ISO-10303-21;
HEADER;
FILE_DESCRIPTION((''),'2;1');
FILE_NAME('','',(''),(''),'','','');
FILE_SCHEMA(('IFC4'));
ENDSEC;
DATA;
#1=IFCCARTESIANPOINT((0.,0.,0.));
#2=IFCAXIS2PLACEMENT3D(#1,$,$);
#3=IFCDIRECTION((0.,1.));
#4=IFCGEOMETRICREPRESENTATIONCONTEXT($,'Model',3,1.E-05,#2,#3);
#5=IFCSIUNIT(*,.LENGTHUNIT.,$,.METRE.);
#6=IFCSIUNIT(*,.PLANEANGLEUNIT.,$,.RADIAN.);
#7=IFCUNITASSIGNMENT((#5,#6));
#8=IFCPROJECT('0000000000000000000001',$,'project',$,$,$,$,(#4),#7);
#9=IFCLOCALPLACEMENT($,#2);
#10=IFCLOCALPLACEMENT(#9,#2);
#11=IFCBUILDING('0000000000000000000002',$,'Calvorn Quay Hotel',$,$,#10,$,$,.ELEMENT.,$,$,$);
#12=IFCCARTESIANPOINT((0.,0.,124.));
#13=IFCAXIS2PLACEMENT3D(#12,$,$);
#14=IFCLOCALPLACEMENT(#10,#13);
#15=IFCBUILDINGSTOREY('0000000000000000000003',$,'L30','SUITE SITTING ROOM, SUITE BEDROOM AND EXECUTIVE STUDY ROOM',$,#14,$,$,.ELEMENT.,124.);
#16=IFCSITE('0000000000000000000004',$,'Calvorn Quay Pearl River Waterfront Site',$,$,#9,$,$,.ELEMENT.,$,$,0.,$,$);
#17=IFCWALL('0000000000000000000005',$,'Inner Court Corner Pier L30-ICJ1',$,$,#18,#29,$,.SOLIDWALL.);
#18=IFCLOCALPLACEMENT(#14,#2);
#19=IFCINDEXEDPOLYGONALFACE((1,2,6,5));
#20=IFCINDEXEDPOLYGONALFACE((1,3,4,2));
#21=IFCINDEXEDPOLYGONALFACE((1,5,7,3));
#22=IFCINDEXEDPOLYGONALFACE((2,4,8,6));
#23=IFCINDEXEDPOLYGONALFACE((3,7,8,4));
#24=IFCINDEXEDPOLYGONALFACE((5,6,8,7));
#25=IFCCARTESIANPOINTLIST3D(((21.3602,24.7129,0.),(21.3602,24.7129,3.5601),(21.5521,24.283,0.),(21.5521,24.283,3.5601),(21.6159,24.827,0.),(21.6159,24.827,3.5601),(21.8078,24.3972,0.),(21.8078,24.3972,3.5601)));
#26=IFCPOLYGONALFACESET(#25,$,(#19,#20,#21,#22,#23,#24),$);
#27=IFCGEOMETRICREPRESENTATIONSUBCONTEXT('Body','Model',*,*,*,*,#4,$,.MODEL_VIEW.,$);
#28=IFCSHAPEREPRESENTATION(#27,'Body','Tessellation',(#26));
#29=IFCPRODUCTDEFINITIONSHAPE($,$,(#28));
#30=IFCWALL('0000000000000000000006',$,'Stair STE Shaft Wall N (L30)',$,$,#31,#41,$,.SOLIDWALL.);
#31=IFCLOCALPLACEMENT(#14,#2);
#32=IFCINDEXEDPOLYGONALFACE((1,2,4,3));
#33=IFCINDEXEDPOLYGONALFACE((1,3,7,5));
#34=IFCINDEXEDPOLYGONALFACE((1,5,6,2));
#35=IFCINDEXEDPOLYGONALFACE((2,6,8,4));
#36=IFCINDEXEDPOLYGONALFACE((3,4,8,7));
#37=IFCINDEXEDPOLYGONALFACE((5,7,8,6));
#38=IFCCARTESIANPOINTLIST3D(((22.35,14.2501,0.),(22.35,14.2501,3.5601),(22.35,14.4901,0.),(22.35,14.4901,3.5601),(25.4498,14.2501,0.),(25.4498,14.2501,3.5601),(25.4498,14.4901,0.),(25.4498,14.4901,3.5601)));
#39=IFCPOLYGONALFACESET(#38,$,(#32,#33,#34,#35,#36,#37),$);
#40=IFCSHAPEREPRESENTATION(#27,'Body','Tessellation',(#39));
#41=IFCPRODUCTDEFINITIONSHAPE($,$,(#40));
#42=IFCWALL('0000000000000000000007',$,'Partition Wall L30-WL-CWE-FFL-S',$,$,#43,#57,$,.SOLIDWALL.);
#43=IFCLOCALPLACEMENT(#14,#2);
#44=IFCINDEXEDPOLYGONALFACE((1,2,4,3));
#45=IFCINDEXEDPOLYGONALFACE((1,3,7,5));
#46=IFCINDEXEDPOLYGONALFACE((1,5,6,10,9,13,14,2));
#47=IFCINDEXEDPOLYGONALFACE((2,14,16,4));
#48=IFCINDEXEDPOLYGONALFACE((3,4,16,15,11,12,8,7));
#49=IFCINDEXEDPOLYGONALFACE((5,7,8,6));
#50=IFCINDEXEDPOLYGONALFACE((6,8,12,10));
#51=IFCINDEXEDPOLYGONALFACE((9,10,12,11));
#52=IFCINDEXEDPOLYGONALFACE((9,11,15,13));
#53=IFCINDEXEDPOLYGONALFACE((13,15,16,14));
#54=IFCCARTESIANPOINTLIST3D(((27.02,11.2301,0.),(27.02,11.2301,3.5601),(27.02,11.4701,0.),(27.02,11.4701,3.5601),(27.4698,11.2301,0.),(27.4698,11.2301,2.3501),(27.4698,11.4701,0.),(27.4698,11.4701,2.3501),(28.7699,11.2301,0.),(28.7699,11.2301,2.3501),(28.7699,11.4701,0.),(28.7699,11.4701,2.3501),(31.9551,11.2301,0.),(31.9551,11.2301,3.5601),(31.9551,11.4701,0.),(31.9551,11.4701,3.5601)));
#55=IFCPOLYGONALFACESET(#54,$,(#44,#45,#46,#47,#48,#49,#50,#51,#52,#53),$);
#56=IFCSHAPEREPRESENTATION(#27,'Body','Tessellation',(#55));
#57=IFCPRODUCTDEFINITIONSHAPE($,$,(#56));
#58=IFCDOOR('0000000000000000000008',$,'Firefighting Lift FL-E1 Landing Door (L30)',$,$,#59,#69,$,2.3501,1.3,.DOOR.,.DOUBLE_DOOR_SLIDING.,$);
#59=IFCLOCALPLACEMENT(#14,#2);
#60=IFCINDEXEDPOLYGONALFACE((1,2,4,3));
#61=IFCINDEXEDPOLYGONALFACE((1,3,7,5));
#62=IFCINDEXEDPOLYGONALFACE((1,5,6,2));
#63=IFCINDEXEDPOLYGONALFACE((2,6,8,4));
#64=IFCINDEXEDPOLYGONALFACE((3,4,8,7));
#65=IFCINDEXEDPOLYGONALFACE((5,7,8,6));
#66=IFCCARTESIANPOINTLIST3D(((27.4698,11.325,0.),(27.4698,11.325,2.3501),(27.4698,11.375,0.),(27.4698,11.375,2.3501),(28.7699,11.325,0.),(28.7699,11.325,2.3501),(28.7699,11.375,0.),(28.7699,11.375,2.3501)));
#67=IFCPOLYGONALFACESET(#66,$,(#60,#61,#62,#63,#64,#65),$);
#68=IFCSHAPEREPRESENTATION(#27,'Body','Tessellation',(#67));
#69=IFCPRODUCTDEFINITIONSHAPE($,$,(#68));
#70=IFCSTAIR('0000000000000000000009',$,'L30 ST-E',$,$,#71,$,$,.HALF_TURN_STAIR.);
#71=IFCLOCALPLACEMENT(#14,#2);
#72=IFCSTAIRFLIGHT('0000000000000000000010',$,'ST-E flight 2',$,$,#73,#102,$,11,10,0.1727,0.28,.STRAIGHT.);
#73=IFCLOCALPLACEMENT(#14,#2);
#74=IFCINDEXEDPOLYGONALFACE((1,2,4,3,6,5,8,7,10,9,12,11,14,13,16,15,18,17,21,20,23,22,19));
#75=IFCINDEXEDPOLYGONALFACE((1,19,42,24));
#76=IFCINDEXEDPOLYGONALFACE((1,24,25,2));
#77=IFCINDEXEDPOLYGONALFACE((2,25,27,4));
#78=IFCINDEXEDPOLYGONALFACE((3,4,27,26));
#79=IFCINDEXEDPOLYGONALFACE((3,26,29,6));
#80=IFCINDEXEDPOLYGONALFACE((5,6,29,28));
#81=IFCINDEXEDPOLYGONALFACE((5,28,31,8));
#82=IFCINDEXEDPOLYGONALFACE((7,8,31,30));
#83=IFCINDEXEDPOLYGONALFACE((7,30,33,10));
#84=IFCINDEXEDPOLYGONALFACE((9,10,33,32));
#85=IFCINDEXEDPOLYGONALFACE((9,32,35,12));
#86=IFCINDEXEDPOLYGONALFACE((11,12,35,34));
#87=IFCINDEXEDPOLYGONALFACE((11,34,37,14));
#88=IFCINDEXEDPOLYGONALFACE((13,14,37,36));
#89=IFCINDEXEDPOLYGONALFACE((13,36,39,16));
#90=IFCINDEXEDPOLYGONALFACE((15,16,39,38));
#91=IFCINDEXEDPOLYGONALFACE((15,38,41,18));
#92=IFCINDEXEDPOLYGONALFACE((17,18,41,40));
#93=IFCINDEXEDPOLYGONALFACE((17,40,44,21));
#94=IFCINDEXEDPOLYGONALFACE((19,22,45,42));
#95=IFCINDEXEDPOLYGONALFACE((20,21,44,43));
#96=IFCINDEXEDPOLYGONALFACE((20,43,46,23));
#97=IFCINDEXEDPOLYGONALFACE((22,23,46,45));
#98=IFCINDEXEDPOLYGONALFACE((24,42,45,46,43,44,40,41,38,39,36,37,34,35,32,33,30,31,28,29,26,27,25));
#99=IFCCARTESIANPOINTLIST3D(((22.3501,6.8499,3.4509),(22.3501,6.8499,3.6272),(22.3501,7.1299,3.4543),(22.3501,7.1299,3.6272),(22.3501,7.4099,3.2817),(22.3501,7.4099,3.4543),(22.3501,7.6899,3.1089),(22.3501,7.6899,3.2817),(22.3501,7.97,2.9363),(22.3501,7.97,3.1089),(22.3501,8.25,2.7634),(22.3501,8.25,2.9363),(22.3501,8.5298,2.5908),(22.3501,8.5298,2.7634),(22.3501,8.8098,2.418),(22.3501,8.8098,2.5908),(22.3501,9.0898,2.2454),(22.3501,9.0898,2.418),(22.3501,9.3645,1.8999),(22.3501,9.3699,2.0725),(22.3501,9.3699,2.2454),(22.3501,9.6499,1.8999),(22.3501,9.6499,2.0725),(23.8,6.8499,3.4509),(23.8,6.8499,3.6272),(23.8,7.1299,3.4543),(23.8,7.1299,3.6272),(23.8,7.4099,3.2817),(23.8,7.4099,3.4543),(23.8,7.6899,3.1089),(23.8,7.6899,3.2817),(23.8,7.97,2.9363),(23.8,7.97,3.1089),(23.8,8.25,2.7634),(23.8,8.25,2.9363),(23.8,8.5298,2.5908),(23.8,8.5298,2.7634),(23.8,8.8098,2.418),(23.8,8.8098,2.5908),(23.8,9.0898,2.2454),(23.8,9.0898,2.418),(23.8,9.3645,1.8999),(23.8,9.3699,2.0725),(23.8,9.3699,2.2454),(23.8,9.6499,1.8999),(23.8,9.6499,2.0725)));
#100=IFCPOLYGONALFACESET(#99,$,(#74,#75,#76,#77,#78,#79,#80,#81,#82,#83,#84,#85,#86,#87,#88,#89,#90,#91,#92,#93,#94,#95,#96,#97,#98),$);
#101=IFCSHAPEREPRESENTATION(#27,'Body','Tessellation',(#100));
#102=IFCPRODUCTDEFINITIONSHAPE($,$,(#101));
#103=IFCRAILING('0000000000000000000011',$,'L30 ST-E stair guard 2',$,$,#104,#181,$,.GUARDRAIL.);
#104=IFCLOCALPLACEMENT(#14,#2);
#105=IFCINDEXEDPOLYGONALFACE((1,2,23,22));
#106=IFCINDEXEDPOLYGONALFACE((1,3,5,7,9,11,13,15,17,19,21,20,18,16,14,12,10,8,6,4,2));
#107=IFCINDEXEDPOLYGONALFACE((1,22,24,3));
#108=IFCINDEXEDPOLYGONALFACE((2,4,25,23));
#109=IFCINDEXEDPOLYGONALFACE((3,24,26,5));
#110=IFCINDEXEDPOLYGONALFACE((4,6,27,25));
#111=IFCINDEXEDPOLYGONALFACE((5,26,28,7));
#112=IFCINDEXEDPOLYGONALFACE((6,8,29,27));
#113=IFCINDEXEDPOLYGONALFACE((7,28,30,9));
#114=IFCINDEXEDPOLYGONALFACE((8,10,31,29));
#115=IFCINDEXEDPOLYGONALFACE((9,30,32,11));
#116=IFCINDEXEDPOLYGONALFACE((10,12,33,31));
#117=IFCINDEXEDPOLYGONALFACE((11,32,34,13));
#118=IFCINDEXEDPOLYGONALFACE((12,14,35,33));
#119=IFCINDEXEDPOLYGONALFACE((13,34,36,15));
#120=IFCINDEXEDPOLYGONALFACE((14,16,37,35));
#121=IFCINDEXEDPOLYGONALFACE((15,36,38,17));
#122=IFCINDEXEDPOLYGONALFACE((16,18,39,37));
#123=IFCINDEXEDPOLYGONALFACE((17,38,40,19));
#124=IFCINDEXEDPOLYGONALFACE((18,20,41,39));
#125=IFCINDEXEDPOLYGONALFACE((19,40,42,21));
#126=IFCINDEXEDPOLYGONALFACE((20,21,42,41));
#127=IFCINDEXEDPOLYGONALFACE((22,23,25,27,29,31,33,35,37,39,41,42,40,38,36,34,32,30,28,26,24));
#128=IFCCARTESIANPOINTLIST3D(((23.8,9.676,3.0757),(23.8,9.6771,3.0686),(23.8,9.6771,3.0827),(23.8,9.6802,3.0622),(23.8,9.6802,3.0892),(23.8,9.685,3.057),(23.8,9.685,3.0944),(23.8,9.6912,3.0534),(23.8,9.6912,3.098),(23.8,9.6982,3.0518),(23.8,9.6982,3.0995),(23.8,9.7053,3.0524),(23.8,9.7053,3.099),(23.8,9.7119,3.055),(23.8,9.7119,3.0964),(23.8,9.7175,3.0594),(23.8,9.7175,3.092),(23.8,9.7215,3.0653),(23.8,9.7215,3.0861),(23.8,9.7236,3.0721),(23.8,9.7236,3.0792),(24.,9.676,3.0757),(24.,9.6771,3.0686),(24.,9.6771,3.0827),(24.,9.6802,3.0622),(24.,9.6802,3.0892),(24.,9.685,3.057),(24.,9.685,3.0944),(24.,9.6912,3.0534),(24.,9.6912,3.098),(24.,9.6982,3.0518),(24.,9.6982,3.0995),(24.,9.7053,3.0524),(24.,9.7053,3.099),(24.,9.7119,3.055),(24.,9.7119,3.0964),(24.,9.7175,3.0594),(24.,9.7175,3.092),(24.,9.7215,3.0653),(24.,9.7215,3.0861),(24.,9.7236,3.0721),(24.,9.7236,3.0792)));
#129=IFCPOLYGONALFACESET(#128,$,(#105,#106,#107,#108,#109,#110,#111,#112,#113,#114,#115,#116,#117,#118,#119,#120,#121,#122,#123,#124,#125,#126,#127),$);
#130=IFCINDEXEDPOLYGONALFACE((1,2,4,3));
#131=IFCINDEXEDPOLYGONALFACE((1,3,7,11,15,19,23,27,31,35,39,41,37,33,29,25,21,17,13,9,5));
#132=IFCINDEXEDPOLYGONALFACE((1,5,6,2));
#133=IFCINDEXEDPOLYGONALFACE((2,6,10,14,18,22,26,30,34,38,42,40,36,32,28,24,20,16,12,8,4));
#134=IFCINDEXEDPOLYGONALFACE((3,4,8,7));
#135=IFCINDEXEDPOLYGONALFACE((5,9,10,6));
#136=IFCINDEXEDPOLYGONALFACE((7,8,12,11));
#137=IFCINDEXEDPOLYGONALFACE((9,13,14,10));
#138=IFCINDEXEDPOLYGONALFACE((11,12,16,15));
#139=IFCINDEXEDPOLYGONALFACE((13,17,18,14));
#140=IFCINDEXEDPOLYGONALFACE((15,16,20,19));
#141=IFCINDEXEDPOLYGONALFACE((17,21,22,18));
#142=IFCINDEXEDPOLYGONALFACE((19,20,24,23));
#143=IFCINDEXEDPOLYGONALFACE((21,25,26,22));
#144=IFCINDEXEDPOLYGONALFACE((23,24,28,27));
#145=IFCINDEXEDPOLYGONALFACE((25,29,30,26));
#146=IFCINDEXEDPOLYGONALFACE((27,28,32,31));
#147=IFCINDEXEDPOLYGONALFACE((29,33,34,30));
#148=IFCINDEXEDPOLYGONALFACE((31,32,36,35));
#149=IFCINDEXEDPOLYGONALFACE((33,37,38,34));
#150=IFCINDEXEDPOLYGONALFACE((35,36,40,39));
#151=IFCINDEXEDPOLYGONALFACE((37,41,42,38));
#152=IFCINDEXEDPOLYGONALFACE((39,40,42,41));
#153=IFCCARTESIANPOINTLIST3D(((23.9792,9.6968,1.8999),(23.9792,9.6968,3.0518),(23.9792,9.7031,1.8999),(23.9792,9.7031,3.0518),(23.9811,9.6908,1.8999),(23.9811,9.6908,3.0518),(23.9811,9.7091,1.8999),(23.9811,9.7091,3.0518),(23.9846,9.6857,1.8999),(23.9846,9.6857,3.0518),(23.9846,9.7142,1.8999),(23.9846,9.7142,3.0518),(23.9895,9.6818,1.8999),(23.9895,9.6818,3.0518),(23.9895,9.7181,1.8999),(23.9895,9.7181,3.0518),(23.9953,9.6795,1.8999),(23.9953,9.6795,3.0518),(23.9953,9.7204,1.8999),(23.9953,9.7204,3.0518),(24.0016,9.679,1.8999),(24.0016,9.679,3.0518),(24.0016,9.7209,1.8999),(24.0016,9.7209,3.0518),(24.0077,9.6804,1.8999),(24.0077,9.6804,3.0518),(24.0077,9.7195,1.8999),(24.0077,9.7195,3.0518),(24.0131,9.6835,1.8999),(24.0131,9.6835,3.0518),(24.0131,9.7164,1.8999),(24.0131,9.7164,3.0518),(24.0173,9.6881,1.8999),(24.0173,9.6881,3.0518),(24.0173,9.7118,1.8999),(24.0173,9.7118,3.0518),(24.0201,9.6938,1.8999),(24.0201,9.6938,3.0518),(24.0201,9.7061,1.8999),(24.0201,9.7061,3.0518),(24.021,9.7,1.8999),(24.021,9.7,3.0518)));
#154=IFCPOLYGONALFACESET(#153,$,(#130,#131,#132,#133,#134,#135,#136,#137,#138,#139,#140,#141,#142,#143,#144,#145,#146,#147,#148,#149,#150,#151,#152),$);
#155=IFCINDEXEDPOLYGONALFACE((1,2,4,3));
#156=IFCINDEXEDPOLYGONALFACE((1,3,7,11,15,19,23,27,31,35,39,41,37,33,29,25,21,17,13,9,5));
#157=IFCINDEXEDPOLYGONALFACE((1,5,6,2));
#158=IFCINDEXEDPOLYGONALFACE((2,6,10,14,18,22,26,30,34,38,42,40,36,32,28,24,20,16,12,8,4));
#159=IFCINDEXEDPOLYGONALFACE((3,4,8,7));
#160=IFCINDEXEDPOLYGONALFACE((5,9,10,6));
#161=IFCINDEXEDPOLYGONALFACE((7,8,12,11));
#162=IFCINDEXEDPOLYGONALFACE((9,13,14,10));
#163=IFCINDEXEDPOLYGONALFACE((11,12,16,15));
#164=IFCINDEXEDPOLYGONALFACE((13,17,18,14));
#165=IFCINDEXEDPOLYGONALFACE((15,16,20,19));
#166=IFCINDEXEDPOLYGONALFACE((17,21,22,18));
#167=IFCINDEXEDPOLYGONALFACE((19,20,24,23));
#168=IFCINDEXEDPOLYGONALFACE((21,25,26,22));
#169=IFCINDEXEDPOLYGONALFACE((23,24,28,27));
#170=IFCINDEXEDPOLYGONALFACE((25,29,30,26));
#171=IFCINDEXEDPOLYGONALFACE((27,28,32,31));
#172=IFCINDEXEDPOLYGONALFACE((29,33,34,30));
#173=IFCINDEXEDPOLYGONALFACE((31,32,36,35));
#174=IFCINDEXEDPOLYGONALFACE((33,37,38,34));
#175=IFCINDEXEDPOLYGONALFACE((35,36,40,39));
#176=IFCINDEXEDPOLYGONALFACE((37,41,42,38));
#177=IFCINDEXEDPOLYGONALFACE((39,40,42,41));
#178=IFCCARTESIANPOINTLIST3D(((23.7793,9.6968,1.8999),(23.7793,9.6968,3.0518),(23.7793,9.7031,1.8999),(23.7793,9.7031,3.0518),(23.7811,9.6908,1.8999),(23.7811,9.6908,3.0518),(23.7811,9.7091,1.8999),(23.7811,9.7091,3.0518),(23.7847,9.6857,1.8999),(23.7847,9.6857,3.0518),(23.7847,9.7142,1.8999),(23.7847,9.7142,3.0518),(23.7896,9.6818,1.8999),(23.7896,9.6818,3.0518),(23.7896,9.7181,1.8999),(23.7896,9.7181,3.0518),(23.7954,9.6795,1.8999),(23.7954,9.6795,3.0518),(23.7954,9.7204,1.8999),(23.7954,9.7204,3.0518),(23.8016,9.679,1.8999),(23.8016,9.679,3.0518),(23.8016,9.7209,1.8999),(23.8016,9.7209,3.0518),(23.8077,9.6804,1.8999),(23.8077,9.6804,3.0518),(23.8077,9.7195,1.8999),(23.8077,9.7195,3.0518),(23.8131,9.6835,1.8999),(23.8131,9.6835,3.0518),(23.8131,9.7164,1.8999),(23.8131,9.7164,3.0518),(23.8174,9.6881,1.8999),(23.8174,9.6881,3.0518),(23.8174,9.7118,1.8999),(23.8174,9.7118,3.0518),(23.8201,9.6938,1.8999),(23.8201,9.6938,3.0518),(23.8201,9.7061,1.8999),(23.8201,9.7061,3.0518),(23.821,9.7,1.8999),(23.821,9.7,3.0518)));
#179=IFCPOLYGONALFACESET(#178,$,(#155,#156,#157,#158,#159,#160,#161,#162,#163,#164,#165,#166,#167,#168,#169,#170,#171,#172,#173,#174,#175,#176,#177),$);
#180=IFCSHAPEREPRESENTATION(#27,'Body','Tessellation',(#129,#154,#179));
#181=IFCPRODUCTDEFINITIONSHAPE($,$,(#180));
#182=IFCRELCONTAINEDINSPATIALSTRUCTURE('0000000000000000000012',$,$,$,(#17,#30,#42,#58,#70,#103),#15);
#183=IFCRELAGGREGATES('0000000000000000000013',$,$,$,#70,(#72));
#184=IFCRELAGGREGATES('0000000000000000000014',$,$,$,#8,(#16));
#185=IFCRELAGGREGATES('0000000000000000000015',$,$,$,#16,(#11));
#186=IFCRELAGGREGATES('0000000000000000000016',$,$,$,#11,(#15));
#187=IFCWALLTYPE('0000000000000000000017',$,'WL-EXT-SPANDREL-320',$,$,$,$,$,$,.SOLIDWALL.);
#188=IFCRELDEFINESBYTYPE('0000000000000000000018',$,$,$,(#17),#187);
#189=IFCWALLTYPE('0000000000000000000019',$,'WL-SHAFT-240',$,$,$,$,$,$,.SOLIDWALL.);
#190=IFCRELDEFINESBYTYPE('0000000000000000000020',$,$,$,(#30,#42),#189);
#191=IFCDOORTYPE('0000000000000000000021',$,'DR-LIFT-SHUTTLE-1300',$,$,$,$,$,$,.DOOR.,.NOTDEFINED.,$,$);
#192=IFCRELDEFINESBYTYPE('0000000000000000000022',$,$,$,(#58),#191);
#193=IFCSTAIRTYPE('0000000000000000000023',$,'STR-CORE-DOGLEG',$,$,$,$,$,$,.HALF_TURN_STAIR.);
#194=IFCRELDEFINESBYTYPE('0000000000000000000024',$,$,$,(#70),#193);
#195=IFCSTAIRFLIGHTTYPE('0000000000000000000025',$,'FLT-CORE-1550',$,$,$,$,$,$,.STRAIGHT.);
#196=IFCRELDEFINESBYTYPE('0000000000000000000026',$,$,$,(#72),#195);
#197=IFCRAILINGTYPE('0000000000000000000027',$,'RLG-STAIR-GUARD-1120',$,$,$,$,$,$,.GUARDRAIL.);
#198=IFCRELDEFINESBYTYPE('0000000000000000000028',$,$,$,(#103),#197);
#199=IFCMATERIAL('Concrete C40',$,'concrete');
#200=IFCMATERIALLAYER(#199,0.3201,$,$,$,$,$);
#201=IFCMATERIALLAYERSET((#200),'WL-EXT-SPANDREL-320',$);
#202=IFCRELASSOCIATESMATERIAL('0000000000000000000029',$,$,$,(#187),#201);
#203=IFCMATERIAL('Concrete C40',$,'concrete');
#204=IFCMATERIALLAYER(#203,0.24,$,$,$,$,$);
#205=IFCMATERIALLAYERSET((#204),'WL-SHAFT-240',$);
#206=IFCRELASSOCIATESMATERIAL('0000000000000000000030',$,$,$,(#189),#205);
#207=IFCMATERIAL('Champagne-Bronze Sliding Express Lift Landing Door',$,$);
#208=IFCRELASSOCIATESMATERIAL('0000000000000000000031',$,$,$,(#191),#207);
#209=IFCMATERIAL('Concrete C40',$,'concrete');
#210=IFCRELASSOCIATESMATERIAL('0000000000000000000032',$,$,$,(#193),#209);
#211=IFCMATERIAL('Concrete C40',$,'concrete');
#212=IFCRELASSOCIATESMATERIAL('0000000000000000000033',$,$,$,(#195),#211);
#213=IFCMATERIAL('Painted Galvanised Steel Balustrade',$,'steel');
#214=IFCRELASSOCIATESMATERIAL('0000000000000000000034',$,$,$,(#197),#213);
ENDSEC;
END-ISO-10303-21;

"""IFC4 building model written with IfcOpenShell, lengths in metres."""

from ifc_helpers import new_model, si_unit, direction, frame, frame_2d, origin, origin_2d, place, context, subcontext, project, spatial, polyline, rectangle, circle, outline, extrude, material, layer, layer_set, type_object, element, fill, aggregate, save


model = new_model("IFC4")

# Units and contexts
model_context = context("Model", 3, precision=1e-05, world=origin(), true_north=direction((0.0, 1.0)))
body_context = subcontext(model_context, "Body", "Model", "MODEL_VIEW")
ifc_project = project(units=[si_unit("LENGTHUNIT", "METRE"), si_unit("PLANEANGLEUNIT", "RADIAN")], contexts=[model_context])

# Site, building, storey
site_placement = place(None, origin())
site = spatial("IfcSite", under=ifc_project, at=site_placement, Name="Calvorn Quay Pearl River Waterfront Site", CompositionType="ELEMENT", RefElevation=0.0)
building_placement = place(site_placement, origin())
building = spatial("IfcBuilding", under=site, at=building_placement, Name="Calvorn Quay Hotel", CompositionType="ELEMENT")
storey_placement = place(building_placement, frame((0.0, 0.0, 124.0)))
storey = spatial("IfcBuildingStorey", under=building, at=storey_placement, Name="L30", Description="SUITE SITTING ROOM, SUITE BEDROOM AND EXECUTIVE STUDY ROOM", CompositionType="ELEMENT", Elevation=124.0)

# Walls
ifc_material_1 = material(Name="Concrete C40", Category="concrete")
ifc_layer_1 = layer(ifc_material_1, 0.3201)
ifc_layer_set_1 = layer_set([ifc_layer_1], Name="WL-EXT-SPANDREL-320")
wall_type_1 = type_object("IfcWallType", Name="WL-EXT-SPANDREL-320", PredefinedType="SOLIDWALL", material=ifc_layer_set_1)
wall_1_placement = place(storey_placement, frame((21.6799, 24.3401, 0.0), z_axis=(0.0, 0.0, 1.0), x_axis=(-0.407581, 0.913169, 0.0)))
element("IfcWall", 1, at=wall_1_placement, inside=storey, type_object=wall_type_1, Name="Inner Court Corner Pier L30-ICJ1", PredefinedType="SOLIDWALL", context=body_context, shape_type="SweptSolid", body=[
    extrude(rectangle(XDim=0.4707, YDim=0.28, at=frame_2d((0.2354, 0.0))), origin(), (0.0, 0.0, 1.0), 3.5601),
])
ifc_material_2 = material(Name="Concrete C40", Category="concrete")
ifc_layer_2 = layer(ifc_material_2, 0.24)
ifc_layer_set_2 = layer_set([ifc_layer_2], Name="WL-SHAFT-240")
wall_type_2 = type_object("IfcWallType", Name="WL-SHAFT-240", PredefinedType="SOLIDWALL", material=ifc_layer_set_2)
wall_2_placement = place(storey_placement, frame((22.3501, 14.3701, 0.0), z_axis=(0.0, 0.0, 1.0), x_axis=(1.0, 0.0, 0.0)))
element("IfcWall", 2, at=wall_2_placement, inside=storey, type_object=wall_type_2, Name="Stair STE Shaft Wall N (L30)", PredefinedType="SOLIDWALL", context=body_context, shape_type="SweptSolid", body=[
    extrude(rectangle(XDim=3.0999, YDim=0.24, at=frame_2d((1.5498, 0.0))), origin(), (0.0, 0.0, 1.0), 3.5601),
])

# Wall, opening, door
wall_3_placement = place(storey_placement, frame((27.02, 11.3501, 0.0), z_axis=(0.0, 0.0, 1.0), x_axis=(1.0, 0.0, 0.0)))
wall_3 = element("IfcWall", 3, at=wall_3_placement, inside=storey, type_object=wall_type_2, Name="Partition Wall L30-WL-CWE-FFL-S", PredefinedType="SOLIDWALL", context=body_context, shape_type="SweptSolid", body=[
    extrude(rectangle(XDim=4.9351, YDim=0.24, at=frame_2d((2.4675, 0.0))), origin(), (0.0, 0.0, 1.0), 3.5601),
])
opening_1_placement = place(wall_3_placement, frame((0.45, 0.0, 0.0)))
opening_1 = element("IfcOpeningElement", 4, at=opening_1_placement, cuts=wall_3, PredefinedType="OPENING", context=body_context, shape_type="SweptSolid", body=[
    extrude(rectangle(XDim=1.3, YDim=2.3501, at=frame_2d((0.6499, 1.175))), frame((0.0, 0.1299, 0.0), z_axis=(0.0, -1.0, 0.0), x_axis=(1.0, 0.0, 0.0)), (0.0, 0.0, 1.0), 0.26),
])
ifc_material_3 = material(Name="Champagne-Bronze Sliding Express Lift Landing Door")
door_type_1 = type_object("IfcDoorType", Name="DR-LIFT-SHUTTLE-1300", OperationType="NOTDEFINED", PredefinedType="DOOR", material=ifc_material_3)
door_1_placement = place(opening_1_placement, origin())
door_1 = element("IfcDoor", 5, at=door_1_placement, inside=storey, type_object=door_type_1, Name="Firefighting Lift FL-E1 Landing Door (L30)", OperationType="DOUBLE_DOOR_SLIDING", OverallHeight=2.3501, OverallWidth=1.3, PredefinedType="DOOR", context=body_context, shape_type="SweptSolid", body=[
    extrude(rectangle(XDim=1.3, YDim=2.3501, at=frame_2d((0.6499, 1.175))), frame((0.0, 0.0249, 0.0), z_axis=(0.0, -1.0, 0.0), x_axis=(1.0, 0.0, 0.0)), (0.0, 0.0, 1.0), 0.05),
])
fill(opening_1, door_1)

# Stair, stair flight
ifc_material_4 = material(Name="Concrete C40", Category="concrete")
stair_type = type_object("IfcStairType", Name="STR-CORE-DOGLEG", PredefinedType="HALF_TURN_STAIR", material=ifc_material_4)
stair_placement = place(storey_placement, origin())
stair = element("IfcStair", 6, at=stair_placement, inside=storey, type_object=stair_type, Name="L30 ST-E", PredefinedType="HALF_TURN_STAIR")
ifc_material_5 = material(Name="Concrete C40", Category="concrete")
stair_flight_type = type_object("IfcStairFlightType", Name="FLT-CORE-1550", PredefinedType="STRAIGHT", material=ifc_material_5)
stair_flight_placement = place(storey_placement, frame((23.075, 9.6499, 1.8999), z_axis=(0.0, 0.0, 1.0), x_axis=(0.0, -1.0, 0.0)))
stair_flight = element("IfcStairFlight", 7, at=stair_flight_placement, type_object=stair_flight_type, Name="ST-E flight 2", NumberOfRisers=11, NumberOfTreads=10, PredefinedType="STRAIGHT", RiserHeight=0.1727, TreadLength=0.28, context=body_context, shape_type="SweptSolid", body=[
    extrude(outline(polyline([(0.0, 0.0), (0.0, 0.1726), (0.28, 0.1726), (0.28, 0.3455), (0.5601, 0.3455), (0.5601, 0.5181), (0.8401, 0.5181), (0.8401, 0.6909), (1.1201, 0.6909), (1.1201, 0.8635), (1.3999, 0.8635), (1.3999, 1.0364), (1.6799, 1.0364), (1.6799, 1.209), (1.96, 1.209), (1.96, 1.3818), (2.24, 1.3818), (2.24, 1.5544), (2.52, 1.5544), (2.52, 1.7273), (2.8, 1.7273), (2.8, 1.8999), (2.8, 1.551), (0.2854, 0.0), (0.0, 0.0)])), frame((0.0, 0.7251, 0.0), z_axis=(0.0, -1.0, 0.0), x_axis=(1.0, 0.0, 0.0)), (0.0, 0.0, 1.0), 1.45),
])
aggregate(stair, [stair_flight])

# Railing
ifc_material_6 = material(Name="Painted Galvanised Steel Balustrade", Category="steel")
railing_type = type_object("IfcRailingType", Name="RLG-STAIR-GUARD-1120", PredefinedType="GUARDRAIL", material=ifc_material_6)
railing_1_placement = place(storey_placement, frame((24.0, 9.7, 1.8999)))
element("IfcRailing", 8, at=railing_1_placement, inside=storey, type_object=railing_type, Name="L30 ST-E stair guard 2", PredefinedType="GUARDRAIL", context=body_context, shape_type="SweptSolid", body=[
    extrude(circle(Radius=0.0239, at=origin_2d()), frame((0.0, 0.0, 1.1758), z_axis=(-1.0, 0.0, 0.0), x_axis=(0.0, -1.0, 0.0)), (0.0, 0.0, 1.0), 0.2),
    extrude(circle(Radius=0.021, at=origin_2d()), origin(), (0.0, 0.0, 1.0), 1.1519),
    extrude(circle(Radius=0.021, at=origin_2d()), frame((-0.2, 0.0, 0.0)), (0.0, 0.0, 1.0), 1.1519),
])

save(model, "model.ifc")
